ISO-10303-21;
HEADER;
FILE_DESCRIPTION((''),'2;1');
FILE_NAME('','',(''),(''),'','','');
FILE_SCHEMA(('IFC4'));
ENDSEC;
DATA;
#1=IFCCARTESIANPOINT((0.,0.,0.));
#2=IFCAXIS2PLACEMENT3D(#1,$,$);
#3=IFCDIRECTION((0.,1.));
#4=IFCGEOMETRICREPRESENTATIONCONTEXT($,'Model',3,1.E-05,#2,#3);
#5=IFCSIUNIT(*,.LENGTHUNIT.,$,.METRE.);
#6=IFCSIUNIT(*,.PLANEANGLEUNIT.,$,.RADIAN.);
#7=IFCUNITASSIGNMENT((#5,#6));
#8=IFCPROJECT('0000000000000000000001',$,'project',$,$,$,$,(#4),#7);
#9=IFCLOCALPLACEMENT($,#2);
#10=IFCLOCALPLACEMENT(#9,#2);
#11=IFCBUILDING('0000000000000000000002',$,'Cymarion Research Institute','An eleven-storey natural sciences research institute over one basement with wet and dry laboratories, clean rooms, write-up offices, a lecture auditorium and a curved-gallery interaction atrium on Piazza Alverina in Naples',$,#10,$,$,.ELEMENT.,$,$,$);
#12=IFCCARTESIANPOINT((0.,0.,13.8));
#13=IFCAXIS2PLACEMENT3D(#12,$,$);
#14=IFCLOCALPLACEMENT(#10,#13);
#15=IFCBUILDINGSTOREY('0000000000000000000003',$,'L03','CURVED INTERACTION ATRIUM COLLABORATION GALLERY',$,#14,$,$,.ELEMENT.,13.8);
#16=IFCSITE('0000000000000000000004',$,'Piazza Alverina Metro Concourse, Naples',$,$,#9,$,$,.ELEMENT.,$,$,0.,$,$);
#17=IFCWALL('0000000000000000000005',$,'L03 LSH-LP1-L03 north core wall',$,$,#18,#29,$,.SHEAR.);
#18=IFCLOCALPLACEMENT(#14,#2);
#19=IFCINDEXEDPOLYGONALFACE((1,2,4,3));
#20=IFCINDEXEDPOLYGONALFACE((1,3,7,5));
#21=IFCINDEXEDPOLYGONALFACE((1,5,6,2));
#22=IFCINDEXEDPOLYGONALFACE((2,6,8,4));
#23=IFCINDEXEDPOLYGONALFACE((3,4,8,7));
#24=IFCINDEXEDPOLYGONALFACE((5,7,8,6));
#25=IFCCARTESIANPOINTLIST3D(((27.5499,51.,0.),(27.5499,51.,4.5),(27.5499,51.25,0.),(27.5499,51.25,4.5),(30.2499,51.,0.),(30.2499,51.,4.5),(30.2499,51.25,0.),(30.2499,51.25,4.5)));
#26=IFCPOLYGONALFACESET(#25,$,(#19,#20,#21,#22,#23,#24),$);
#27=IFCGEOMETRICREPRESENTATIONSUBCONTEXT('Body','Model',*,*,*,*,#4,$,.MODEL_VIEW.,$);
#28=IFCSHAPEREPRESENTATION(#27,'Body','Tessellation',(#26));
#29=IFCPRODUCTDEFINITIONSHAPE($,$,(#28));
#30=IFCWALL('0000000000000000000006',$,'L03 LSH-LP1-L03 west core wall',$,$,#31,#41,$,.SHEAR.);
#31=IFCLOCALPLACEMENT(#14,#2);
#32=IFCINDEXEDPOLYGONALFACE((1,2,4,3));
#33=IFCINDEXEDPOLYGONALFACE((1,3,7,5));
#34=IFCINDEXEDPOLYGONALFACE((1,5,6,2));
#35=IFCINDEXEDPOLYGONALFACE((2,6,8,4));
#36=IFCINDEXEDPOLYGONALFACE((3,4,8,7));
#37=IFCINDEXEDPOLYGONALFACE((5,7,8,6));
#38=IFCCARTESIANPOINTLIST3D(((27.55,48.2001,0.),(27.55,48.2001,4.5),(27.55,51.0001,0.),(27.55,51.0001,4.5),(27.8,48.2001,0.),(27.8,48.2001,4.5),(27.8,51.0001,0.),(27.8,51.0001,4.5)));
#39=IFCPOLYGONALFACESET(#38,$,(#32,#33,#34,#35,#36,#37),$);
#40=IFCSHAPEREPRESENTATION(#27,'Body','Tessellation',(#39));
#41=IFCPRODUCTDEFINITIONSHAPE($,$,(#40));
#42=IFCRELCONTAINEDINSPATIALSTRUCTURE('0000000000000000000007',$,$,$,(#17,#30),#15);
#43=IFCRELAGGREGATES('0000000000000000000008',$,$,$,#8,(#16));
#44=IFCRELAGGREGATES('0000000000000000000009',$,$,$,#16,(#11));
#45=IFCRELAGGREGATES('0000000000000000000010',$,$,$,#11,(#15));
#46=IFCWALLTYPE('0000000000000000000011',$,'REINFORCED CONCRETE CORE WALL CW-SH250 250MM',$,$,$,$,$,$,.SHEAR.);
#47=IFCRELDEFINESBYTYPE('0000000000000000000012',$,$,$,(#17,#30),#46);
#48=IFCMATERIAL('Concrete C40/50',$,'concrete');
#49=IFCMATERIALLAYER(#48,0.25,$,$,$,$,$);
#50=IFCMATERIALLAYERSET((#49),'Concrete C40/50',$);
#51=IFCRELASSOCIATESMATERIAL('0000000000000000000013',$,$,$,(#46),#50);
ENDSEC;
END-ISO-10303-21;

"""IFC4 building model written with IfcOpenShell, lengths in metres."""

from ifc_helpers import new_model, si_unit, direction, frame, frame_2d, origin, place, context, subcontext, project, spatial, rectangle, extrude, material, layer, layer_set, type_object, element, save


model = new_model("IFC4")

# Units and contexts
model_context = context("Model", 3, precision=1e-05, world=origin(), true_north=direction((0.0, 1.0)))
body_context = subcontext(model_context, "Body", "Model", "MODEL_VIEW")
ifc_project = project(units=[si_unit("LENGTHUNIT", "METRE"), si_unit("PLANEANGLEUNIT", "RADIAN")], contexts=[model_context])

# Site, building, storey
site_placement = place(None, origin())
site = spatial("IfcSite", under=ifc_project, at=site_placement, Name="Piazza Alverina Metro Concourse, Naples", CompositionType="ELEMENT", RefElevation=0.0)
building_placement = place(site_placement, origin())
building = spatial("IfcBuilding", under=site, at=building_placement, Name="Cymarion Research Institute", Description="An eleven-storey natural sciences research institute over one basement with wet and dry laboratories, clean rooms, write-up offices, a lecture auditorium and a curved-gallery interaction atrium on Piazza Alverina in Naples", CompositionType="ELEMENT")
storey_placement = place(building_placement, frame((0.0, 0.0, 13.8)))
storey = spatial("IfcBuildingStorey", under=building, at=storey_placement, Name="L03", Description="CURVED INTERACTION ATRIUM COLLABORATION GALLERY", CompositionType="ELEMENT", Elevation=13.8)

# Shared definitions
ifc_material_1 = material(Name="Concrete C40/50", Category="concrete")

# Walls
ifc_layer_1 = layer(ifc_material_1, 0.25)
ifc_layer_set_1 = layer_set([ifc_layer_1], Name="Concrete C40/50")
wall_type_1 = type_object("IfcWallType", Name="REINFORCED CONCRETE CORE WALL CW-SH250 250MM", PredefinedType="SHEAR", material=ifc_layer_set_1)
for number, where, z_axis, x_axis, name in (
    (1, (30.25, 51.125, 0.0), (0.0, 0.0, 1.0), (-1.0, 0.0, 0.0), "L03 LSH-LP1-L03 north core wall"),
):
    element("IfcWall", number, at=place(storey_placement, frame(where, z_axis=z_axis, x_axis=x_axis)), inside=storey, type_object=wall_type_1, Name=name, PredefinedType="SHEAR", context=body_context, shape_type="SweptSolid", body=[
        extrude(rectangle(XDim=2.7, YDim=0.25, at=frame_2d((1.3501, 0.0))), origin(), (0.0, 0.0, 1.0), 4.5),
    ])
wall_1_placement = place(storey_placement, frame((27.675, 51.0, 0.0), z_axis=(0.0, 0.0, 1.0), x_axis=(0.0, -1.0, 0.0)))
element("IfcWall", 2, at=wall_1_placement, inside=storey, type_object=wall_type_1, Name="L03 LSH-LP1-L03 west core wall", PredefinedType="SHEAR", context=body_context, shape_type="SweptSolid", body=[
    extrude(rectangle(XDim=2.8, YDim=0.25, at=frame_2d((1.3999, 0.0))), origin(), (0.0, 0.0, 1.0), 4.5),
])

save(model, "model.ifc")
